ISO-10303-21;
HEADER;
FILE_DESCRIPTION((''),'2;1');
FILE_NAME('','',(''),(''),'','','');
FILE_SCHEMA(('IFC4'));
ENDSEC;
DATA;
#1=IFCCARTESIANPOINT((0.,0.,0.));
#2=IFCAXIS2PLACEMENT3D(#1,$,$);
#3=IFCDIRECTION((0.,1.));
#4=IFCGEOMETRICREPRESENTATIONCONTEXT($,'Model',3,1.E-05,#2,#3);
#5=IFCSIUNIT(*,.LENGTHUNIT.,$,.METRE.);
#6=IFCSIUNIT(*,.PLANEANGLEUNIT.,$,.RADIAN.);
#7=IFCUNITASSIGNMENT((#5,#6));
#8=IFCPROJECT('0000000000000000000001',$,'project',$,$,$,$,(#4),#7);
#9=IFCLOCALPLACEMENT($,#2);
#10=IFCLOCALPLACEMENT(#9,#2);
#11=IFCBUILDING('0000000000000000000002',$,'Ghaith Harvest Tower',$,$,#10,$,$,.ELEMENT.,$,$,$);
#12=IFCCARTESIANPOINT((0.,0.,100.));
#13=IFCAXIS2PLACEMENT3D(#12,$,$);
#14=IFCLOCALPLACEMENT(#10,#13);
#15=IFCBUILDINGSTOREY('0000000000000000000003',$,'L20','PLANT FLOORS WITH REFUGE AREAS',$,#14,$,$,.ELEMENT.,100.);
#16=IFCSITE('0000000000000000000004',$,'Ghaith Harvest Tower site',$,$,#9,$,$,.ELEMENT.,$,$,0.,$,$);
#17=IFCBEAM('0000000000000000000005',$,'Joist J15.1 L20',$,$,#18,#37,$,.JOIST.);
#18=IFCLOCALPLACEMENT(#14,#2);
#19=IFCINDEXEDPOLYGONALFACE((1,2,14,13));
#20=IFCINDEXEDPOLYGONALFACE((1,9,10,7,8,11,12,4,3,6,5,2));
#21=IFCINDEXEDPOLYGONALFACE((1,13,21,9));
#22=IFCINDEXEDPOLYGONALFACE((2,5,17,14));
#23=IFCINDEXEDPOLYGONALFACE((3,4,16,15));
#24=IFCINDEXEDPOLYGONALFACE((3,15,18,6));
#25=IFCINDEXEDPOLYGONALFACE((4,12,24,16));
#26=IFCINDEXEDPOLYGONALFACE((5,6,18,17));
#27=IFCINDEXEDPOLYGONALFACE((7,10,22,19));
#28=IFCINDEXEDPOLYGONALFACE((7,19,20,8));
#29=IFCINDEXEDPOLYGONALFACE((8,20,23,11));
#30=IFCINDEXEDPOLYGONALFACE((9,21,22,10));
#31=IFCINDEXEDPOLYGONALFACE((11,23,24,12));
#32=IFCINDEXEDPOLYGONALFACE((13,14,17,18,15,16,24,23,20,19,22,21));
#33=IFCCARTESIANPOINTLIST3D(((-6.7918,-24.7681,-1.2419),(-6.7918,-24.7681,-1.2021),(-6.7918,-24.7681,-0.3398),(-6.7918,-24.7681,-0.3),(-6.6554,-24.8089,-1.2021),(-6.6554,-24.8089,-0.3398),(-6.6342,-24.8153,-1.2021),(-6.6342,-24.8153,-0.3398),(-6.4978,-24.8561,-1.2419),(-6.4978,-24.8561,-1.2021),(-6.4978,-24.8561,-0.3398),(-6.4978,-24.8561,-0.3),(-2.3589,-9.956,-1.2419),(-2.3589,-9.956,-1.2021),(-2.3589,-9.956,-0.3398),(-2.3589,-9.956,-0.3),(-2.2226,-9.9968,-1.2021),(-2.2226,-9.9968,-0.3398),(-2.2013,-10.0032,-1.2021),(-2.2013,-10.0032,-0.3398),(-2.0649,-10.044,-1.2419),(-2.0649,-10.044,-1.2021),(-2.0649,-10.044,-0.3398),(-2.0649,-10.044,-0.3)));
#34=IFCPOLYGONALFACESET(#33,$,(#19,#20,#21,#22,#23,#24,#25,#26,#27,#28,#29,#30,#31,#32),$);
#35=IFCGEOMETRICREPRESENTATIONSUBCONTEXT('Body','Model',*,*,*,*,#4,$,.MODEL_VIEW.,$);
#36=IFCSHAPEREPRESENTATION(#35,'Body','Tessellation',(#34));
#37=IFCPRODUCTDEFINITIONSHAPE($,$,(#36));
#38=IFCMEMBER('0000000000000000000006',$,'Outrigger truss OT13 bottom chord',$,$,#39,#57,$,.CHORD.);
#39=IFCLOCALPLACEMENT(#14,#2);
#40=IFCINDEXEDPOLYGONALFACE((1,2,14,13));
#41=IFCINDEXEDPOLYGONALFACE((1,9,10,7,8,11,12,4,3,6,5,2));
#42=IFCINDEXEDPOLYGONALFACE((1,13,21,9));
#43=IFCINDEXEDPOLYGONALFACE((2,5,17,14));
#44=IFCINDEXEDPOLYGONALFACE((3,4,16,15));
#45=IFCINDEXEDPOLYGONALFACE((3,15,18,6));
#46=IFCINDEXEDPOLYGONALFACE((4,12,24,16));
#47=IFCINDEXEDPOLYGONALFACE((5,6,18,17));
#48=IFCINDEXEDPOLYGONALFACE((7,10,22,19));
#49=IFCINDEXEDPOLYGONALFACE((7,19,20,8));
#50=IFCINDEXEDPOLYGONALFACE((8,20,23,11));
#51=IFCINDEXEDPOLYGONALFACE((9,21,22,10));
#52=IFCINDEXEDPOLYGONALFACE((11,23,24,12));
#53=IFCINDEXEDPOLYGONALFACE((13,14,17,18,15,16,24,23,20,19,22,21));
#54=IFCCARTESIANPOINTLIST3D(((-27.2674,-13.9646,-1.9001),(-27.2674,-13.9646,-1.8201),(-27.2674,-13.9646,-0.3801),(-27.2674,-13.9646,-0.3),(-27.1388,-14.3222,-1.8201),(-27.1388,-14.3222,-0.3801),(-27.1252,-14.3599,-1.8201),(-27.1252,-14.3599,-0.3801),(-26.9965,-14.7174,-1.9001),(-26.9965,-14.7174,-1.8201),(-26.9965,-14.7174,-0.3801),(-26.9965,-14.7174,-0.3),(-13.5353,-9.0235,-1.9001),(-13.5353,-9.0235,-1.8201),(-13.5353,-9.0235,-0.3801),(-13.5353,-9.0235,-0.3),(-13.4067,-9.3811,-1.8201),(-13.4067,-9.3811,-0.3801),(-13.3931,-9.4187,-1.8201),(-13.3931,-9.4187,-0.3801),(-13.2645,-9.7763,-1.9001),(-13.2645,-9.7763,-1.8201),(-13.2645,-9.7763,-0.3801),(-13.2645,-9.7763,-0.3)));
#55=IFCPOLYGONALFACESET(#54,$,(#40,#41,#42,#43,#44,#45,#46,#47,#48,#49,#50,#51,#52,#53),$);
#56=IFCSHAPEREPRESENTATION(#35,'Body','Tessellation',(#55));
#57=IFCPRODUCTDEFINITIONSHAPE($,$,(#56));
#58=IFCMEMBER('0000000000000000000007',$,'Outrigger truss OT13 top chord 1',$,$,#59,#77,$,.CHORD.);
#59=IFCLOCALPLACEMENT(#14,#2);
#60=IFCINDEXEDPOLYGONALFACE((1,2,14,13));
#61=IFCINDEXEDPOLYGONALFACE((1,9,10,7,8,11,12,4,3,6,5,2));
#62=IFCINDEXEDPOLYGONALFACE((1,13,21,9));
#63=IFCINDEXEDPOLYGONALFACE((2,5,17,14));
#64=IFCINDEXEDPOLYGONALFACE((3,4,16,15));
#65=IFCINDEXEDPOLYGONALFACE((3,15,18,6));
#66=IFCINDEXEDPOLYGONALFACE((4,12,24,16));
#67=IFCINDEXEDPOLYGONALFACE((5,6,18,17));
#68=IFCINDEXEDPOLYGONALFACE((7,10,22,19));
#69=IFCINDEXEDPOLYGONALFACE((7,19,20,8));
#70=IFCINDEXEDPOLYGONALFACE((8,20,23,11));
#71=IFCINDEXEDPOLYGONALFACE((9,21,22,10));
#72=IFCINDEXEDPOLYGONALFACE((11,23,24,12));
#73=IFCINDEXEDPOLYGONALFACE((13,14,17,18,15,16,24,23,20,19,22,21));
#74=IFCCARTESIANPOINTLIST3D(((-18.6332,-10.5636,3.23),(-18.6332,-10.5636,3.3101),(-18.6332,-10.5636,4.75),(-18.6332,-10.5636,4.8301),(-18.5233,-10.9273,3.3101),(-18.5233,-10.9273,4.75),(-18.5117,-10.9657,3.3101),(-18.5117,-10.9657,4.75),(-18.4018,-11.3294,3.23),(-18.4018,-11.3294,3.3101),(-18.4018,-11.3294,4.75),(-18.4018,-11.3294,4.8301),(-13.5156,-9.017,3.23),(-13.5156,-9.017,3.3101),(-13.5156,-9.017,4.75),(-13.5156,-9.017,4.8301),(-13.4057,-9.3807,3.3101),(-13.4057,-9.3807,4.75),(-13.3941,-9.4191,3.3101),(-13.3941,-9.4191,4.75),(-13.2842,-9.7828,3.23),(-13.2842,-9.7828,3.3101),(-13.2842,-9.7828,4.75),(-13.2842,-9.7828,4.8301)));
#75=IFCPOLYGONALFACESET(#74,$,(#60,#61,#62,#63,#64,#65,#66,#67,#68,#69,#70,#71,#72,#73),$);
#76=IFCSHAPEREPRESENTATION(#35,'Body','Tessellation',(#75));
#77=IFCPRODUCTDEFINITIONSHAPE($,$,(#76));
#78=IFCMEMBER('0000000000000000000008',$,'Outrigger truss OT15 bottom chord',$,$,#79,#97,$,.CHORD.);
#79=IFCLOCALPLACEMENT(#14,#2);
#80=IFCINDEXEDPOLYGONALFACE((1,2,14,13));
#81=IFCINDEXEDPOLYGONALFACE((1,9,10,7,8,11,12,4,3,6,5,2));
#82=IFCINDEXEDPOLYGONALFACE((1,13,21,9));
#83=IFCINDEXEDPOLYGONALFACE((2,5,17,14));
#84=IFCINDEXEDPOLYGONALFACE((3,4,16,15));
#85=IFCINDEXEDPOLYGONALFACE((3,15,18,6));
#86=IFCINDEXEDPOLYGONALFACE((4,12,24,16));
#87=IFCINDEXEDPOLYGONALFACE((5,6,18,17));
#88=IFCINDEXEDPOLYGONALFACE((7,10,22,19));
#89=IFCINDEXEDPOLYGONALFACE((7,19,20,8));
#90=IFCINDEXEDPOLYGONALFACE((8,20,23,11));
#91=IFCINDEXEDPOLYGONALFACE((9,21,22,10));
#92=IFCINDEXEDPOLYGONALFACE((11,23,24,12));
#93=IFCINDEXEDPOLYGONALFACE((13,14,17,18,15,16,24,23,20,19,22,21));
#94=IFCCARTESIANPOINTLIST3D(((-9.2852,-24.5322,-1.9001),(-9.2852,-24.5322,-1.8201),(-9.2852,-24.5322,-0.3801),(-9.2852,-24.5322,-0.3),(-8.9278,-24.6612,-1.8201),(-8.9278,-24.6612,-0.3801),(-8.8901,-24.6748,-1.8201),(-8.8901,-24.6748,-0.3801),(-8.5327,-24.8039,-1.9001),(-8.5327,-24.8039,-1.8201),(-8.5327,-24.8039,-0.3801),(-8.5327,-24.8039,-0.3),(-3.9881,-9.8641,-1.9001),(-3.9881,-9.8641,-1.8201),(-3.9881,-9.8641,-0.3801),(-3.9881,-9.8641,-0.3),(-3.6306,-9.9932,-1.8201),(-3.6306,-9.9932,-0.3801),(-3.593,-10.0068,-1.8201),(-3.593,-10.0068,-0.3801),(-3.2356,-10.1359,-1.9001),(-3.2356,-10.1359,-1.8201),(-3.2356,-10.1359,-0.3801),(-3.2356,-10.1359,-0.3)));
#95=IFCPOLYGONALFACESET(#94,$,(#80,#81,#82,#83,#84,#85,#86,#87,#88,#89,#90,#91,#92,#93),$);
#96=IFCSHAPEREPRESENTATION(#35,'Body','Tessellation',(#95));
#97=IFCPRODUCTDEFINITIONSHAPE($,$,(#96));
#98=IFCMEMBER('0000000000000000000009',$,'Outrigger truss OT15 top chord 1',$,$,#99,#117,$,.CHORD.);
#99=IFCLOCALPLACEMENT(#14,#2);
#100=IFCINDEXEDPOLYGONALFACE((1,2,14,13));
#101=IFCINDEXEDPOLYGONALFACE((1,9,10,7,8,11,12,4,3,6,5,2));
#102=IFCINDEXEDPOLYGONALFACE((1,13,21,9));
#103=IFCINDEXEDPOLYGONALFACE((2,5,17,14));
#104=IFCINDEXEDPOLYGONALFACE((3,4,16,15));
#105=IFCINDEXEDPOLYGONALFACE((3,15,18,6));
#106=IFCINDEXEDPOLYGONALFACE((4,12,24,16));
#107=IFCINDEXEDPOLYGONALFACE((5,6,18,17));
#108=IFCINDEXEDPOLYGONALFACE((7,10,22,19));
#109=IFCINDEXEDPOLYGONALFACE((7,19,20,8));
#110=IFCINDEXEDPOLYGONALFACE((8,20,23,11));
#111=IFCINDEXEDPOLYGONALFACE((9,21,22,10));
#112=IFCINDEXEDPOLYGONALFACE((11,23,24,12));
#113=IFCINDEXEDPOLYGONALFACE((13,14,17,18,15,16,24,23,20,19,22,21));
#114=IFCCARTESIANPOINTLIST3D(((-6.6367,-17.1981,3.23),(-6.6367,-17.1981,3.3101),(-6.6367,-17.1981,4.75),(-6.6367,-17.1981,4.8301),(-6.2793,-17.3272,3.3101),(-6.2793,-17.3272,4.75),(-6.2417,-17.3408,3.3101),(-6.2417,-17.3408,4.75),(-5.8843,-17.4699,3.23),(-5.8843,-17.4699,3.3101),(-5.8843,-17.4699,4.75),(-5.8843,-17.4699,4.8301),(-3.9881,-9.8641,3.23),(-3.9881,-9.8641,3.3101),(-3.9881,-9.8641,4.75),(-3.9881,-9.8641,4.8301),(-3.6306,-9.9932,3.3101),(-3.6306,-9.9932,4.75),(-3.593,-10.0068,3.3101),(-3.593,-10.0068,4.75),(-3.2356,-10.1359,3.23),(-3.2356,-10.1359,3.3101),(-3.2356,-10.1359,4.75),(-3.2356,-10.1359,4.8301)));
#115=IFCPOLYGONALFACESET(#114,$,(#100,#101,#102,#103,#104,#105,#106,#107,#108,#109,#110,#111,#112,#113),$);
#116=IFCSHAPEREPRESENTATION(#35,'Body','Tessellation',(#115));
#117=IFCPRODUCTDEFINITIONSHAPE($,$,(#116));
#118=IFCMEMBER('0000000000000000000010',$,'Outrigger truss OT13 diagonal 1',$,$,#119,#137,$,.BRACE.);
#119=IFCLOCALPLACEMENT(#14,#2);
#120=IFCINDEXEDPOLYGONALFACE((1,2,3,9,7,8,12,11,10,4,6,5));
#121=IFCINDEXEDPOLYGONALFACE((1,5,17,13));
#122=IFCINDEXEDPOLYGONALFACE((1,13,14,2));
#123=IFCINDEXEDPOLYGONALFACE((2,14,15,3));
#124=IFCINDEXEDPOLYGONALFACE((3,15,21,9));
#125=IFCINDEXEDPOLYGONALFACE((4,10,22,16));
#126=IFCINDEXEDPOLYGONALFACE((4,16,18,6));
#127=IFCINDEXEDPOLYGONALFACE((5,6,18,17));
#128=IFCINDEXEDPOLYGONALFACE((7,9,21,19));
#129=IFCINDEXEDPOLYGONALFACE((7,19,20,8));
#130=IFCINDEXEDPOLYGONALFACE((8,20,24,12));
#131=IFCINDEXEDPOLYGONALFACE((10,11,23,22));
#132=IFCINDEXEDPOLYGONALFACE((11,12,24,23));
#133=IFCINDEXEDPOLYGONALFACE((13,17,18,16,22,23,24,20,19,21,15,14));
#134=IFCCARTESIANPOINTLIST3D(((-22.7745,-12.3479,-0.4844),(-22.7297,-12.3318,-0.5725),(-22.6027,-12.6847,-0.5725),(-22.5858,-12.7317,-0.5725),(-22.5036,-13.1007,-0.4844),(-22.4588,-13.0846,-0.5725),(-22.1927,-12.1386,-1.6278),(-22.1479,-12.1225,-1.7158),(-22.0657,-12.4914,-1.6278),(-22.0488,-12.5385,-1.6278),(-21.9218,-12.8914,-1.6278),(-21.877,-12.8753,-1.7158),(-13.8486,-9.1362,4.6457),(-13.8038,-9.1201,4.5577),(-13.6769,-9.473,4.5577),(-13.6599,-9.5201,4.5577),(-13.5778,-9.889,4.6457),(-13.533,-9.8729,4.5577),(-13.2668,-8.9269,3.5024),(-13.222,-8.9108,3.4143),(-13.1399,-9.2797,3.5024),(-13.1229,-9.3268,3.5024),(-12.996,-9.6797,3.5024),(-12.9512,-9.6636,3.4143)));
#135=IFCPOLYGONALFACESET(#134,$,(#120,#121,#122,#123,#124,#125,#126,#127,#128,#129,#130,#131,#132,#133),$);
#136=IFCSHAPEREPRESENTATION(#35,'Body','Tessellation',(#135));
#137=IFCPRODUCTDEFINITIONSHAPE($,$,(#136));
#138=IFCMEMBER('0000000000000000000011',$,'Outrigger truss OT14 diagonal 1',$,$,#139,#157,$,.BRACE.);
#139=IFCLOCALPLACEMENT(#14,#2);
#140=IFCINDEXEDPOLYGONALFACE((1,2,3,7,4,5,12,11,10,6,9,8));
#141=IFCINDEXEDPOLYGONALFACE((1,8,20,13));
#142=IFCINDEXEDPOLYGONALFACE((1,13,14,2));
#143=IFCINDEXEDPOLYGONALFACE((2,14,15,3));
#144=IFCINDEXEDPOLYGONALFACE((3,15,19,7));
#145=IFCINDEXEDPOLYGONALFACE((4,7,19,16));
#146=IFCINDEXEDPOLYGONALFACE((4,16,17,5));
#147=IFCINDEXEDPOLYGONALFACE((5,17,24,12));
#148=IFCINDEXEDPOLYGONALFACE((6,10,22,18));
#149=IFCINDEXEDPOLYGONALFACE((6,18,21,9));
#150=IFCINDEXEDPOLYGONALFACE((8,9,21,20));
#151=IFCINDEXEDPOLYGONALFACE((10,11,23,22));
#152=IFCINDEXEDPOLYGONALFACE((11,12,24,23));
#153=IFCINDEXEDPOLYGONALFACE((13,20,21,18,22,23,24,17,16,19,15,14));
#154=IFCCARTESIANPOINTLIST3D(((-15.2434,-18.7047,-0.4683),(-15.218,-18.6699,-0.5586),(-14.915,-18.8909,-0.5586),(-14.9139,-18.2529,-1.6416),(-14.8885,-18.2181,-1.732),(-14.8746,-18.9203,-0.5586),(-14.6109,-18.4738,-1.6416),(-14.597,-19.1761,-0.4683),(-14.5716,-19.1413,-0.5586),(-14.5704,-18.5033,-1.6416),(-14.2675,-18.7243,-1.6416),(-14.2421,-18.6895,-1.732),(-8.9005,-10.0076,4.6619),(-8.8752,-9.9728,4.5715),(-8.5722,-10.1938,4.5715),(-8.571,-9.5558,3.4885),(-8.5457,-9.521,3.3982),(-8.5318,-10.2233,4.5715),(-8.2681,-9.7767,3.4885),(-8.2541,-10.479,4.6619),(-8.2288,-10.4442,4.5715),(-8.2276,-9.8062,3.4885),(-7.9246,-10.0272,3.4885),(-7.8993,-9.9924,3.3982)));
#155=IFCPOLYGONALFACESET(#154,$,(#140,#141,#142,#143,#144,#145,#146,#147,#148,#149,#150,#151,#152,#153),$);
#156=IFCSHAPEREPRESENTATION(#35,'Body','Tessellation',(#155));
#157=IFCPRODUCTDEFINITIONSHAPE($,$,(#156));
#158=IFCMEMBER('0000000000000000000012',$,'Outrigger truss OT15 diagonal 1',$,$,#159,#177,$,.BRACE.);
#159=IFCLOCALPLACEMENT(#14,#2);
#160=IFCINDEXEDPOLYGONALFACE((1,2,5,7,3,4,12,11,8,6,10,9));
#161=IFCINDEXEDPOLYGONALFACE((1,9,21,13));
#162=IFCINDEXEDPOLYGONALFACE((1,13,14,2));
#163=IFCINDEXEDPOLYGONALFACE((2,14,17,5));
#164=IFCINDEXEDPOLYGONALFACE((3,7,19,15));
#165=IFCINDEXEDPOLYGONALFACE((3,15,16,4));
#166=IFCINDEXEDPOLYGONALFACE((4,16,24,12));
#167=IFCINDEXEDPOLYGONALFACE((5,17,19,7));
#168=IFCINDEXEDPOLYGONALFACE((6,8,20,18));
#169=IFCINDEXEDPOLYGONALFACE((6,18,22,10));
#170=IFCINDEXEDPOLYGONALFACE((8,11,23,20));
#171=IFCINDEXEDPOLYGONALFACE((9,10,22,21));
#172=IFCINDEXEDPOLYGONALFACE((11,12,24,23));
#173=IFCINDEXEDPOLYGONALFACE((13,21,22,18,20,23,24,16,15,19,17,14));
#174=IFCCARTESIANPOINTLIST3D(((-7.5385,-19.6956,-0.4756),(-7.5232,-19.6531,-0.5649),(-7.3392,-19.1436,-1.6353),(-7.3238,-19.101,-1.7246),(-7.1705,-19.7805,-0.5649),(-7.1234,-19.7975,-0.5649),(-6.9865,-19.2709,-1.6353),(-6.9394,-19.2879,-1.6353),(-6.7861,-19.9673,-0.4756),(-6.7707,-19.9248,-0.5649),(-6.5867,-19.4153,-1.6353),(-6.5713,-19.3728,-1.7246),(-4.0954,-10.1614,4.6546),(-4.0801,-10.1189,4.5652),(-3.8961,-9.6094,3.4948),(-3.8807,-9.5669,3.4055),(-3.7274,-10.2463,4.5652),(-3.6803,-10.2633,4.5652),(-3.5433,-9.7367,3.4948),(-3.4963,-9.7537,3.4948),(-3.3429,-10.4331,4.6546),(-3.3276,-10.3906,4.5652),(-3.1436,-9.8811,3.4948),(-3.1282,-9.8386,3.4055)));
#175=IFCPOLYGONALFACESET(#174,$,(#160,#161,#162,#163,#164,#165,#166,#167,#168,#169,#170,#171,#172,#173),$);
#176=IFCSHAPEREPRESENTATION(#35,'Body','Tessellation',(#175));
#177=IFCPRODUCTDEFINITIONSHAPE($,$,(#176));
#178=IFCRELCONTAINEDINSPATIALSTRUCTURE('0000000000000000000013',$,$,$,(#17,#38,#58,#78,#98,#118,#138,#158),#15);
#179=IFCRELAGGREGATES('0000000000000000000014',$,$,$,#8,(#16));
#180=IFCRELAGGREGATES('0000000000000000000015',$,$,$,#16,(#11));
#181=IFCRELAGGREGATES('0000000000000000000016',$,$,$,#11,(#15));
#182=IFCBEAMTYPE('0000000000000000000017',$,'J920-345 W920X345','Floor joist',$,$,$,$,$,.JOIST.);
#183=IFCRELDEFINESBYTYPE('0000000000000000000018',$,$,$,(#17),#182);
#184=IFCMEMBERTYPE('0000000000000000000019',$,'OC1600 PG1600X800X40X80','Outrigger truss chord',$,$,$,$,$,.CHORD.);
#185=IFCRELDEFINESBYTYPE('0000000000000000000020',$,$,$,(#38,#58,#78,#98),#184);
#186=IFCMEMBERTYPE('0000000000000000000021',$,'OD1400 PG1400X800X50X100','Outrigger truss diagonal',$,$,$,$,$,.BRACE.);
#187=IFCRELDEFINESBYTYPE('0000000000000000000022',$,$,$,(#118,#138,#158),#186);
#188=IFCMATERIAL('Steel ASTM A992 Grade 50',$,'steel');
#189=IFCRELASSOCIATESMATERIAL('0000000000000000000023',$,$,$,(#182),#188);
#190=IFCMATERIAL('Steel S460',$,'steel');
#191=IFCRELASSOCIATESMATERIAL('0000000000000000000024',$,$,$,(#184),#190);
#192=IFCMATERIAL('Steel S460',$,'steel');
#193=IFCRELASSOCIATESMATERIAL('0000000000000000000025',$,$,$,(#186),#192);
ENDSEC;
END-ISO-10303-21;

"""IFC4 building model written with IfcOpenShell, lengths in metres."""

from ifc_helpers import new_model, si_unit, direction, frame, origin, origin_2d, place, context, subcontext, project, spatial, i_section, extrude, material, material_profile, profile_set, type_object, element, save


model = new_model("IFC4")

# Units and contexts
model_context = context("Model", 3, precision=1e-05, world=origin(), true_north=direction((0.0, 1.0)))
body_context = subcontext(model_context, "Body", "Model", "MODEL_VIEW")
ifc_project = project(units=[si_unit("LENGTHUNIT", "METRE"), si_unit("PLANEANGLEUNIT", "RADIAN")], contexts=[model_context])

# Site, building, storey
site_placement = place(None, origin())
site = spatial("IfcSite", under=ifc_project, at=site_placement, Name="Ghaith Harvest Tower site", CompositionType="ELEMENT", RefElevation=0.0)
building_placement = place(site_placement, origin())
building = spatial("IfcBuilding", under=site, at=building_placement, Name="Ghaith Harvest Tower", CompositionType="ELEMENT")
storey_placement = place(building_placement, frame((0.0, 0.0, 100.0)))
storey = spatial("IfcBuildingStorey", under=building, at=storey_placement, Name="L20", Description="PLANT FLOORS WITH REFUGE AREAS", CompositionType="ELEMENT", Elevation=100.0)

# Beam
ifc_material_1 = material(Name="Steel ASTM A992 Grade 50", Category="steel")
ifc_material_profile_1 = material_profile(ifc_material_1, i_section(OverallWidth=0.3069, OverallDepth=0.9419, WebThickness=0.0222, FlangeThickness=0.0398, at=origin_2d()), Name="W920X345")
ifc_profile_set_1 = profile_set([ifc_material_profile_1], Name="Steel ASTM A992 Grade 50")
beam_type_1 = type_object("IfcBeamType", Name="J920-345 W920X345", Description="Floor joist", PredefinedType="JOIST", material=ifc_profile_set_1)
beam_1_placement = place(storey_placement, frame((-2.2119, -10.0, -0.771), z_axis=(-0.28671, -0.958017, 0.0), x_axis=(0.958017, -0.28671, 0.0)))
element("IfcBeam", 1, at=beam_1_placement, inside=storey, type_object=beam_type_1, Name="Joist J15.1 L20", PredefinedType="JOIST", context=body_context, shape_type="SweptSolid", body=[
    extrude(i_section(OverallWidth=0.3069, OverallDepth=0.9419, WebThickness=0.0222, FlangeThickness=0.0398, at=origin_2d()), origin(), (0.0, 0.0, 1.0), 15.4612),
])

# Members
ifc_material_2 = material(Name="Steel S460", Category="steel")
ifc_material_profile_2 = material_profile(ifc_material_2, i_section(OverallWidth=0.8, OverallDepth=1.6001, WebThickness=0.04, FlangeThickness=0.0801, at=origin_2d()), Name="PG1600X800X40X80")
ifc_profile_set_2 = profile_set([ifc_material_profile_2], Name="Steel S460")
member_type_1 = type_object("IfcMemberType", Name="OC1600 PG1600X800X40X80", Description="Outrigger truss chord", PredefinedType="CHORD", material=ifc_profile_set_2)
member_1_placement = place(storey_placement, frame((-13.3999, -9.3999, -1.1001), z_axis=(-0.94094, -0.338573, 0.0), x_axis=(0.338573, -0.94094, 0.0)))
element("IfcMember", 2, at=member_1_placement, inside=storey, type_object=member_type_1, Name="Outrigger truss OT13 bottom chord", PredefinedType="CHORD", context=body_context, shape_type="SweptSolid", body=[
    extrude(i_section(OverallWidth=0.8, OverallDepth=1.6001, WebThickness=0.04, FlangeThickness=0.0801, at=origin_2d()), origin(), (0.0, 0.0, 1.0), 14.594),
])
member_2_placement = place(storey_placement, frame((-13.3999, -9.3999, 4.03), z_axis=(-0.957241, -0.289291, 0.0), x_axis=(0.289291, -0.957241, 0.0)))
element("IfcMember", 3, at=member_2_placement, inside=storey, type_object=member_type_1, Name="Outrigger truss OT13 top chord 1", PredefinedType="CHORD", context=body_context, shape_type="SweptSolid", body=[
    extrude(i_section(OverallWidth=0.8, OverallDepth=1.6001, WebThickness=0.04, FlangeThickness=0.0801, at=origin_2d()), origin(), (0.0, 0.0, 1.0), 5.3462),
])
member_3_placement = place(storey_placement, frame((-3.6118, -10.0, -1.1001), z_axis=(-0.339664, -0.940547, 0.0), x_axis=(0.940547, -0.339664, 0.0)))
element("IfcMember", 4, at=member_3_placement, inside=storey, type_object=member_type_1, Name="Outrigger truss OT15 bottom chord", PredefinedType="CHORD", context=body_context, shape_type="SweptSolid", body=[
    extrude(i_section(OverallWidth=0.8, OverallDepth=1.6001, WebThickness=0.04, FlangeThickness=0.0801, at=origin_2d()), origin(), (0.0, 0.0, 1.0), 15.5952),
])
member_4_placement = place(storey_placement, frame((-3.6118, -10.0, 4.03), z_axis=(-0.339678, -0.940542, 0.0), x_axis=(0.940542, -0.339678, 0.0)))
element("IfcMember", 5, at=member_4_placement, inside=storey, type_object=member_type_1, Name="Outrigger truss OT15 top chord 1", PredefinedType="CHORD", context=body_context, shape_type="SweptSolid", body=[
    extrude(i_section(OverallWidth=0.8, OverallDepth=1.6001, WebThickness=0.04, FlangeThickness=0.0801, at=origin_2d()), origin(), (0.0, 0.0, 1.0), 7.7976),
])
ifc_material_3 = material(Name="Steel S460", Category="steel")
ifc_material_profile_3 = material_profile(ifc_material_3, i_section(OverallWidth=0.8, OverallDepth=1.3999, WebThickness=0.05, FlangeThickness=0.1001, at=origin_2d()), Name="PG1400X800X50X100")
ifc_profile_set_3 = profile_set([ifc_material_profile_3], Name="Steel S460")
member_type_2 = type_object("IfcMemberType", Name="OD1400 PG1400X800X50X100", Description="Outrigger truss diagonal", PredefinedType="BRACE", material=ifc_profile_set_3)
member_5_placement = place(storey_placement, frame((-13.3999, -9.3999, 4.03), z_axis=(-0.827659, -0.297808, -0.4757), x_axis=(0.338569, -0.940942, 0.0)))
element("IfcMember", 6, at=member_5_placement, inside=storey, type_object=member_type_2, Name="Outrigger truss OT13 diagonal 1", PredefinedType="BRACE", context=body_context, shape_type="SweptSolid", body=[
    extrude(i_section(OverallWidth=0.8, OverallDepth=1.3999, WebThickness=0.05, FlangeThickness=0.1001, at=origin_2d()), origin(), (0.0, 0.0, 1.0), 10.7844),
])
member_6_placement = place(storey_placement, frame((-8.3999, -10.0, 4.03), z_axis=(-0.531923, -0.729357, -0.430227), x_axis=(0.807955, -0.589245, 0.0)))
element("IfcMember", 7, at=member_6_placement, inside=storey, type_object=member_type_2, Name="Outrigger truss OT14 diagonal 1", PredefinedType="BRACE", context=body_context, shape_type="SweptSolid", body=[
    extrude(i_section(OverallWidth=0.8, OverallDepth=1.3999, WebThickness=0.05, FlangeThickness=0.1001, at=origin_2d()), origin(), (0.0, 0.0, 1.0), 11.9243),
])
member_7_placement = place(storey_placement, frame((-3.6118, -10.0, 4.03), z_axis=(-0.303063, -0.839198, -0.451553), x_axis=(0.940547, -0.339663, 0.0)))
element("IfcMember", 8, at=member_7_placement, inside=storey, type_object=member_type_2, Name="Outrigger truss OT15 diagonal 1", PredefinedType="BRACE", context=body_context, shape_type="SweptSolid", body=[
    extrude(i_section(OverallWidth=0.8, OverallDepth=1.3999, WebThickness=0.05, FlangeThickness=0.1001, at=origin_2d()), origin(), (0.0, 0.0, 1.0), 11.3611),
])

save(model, "model.ifc")
